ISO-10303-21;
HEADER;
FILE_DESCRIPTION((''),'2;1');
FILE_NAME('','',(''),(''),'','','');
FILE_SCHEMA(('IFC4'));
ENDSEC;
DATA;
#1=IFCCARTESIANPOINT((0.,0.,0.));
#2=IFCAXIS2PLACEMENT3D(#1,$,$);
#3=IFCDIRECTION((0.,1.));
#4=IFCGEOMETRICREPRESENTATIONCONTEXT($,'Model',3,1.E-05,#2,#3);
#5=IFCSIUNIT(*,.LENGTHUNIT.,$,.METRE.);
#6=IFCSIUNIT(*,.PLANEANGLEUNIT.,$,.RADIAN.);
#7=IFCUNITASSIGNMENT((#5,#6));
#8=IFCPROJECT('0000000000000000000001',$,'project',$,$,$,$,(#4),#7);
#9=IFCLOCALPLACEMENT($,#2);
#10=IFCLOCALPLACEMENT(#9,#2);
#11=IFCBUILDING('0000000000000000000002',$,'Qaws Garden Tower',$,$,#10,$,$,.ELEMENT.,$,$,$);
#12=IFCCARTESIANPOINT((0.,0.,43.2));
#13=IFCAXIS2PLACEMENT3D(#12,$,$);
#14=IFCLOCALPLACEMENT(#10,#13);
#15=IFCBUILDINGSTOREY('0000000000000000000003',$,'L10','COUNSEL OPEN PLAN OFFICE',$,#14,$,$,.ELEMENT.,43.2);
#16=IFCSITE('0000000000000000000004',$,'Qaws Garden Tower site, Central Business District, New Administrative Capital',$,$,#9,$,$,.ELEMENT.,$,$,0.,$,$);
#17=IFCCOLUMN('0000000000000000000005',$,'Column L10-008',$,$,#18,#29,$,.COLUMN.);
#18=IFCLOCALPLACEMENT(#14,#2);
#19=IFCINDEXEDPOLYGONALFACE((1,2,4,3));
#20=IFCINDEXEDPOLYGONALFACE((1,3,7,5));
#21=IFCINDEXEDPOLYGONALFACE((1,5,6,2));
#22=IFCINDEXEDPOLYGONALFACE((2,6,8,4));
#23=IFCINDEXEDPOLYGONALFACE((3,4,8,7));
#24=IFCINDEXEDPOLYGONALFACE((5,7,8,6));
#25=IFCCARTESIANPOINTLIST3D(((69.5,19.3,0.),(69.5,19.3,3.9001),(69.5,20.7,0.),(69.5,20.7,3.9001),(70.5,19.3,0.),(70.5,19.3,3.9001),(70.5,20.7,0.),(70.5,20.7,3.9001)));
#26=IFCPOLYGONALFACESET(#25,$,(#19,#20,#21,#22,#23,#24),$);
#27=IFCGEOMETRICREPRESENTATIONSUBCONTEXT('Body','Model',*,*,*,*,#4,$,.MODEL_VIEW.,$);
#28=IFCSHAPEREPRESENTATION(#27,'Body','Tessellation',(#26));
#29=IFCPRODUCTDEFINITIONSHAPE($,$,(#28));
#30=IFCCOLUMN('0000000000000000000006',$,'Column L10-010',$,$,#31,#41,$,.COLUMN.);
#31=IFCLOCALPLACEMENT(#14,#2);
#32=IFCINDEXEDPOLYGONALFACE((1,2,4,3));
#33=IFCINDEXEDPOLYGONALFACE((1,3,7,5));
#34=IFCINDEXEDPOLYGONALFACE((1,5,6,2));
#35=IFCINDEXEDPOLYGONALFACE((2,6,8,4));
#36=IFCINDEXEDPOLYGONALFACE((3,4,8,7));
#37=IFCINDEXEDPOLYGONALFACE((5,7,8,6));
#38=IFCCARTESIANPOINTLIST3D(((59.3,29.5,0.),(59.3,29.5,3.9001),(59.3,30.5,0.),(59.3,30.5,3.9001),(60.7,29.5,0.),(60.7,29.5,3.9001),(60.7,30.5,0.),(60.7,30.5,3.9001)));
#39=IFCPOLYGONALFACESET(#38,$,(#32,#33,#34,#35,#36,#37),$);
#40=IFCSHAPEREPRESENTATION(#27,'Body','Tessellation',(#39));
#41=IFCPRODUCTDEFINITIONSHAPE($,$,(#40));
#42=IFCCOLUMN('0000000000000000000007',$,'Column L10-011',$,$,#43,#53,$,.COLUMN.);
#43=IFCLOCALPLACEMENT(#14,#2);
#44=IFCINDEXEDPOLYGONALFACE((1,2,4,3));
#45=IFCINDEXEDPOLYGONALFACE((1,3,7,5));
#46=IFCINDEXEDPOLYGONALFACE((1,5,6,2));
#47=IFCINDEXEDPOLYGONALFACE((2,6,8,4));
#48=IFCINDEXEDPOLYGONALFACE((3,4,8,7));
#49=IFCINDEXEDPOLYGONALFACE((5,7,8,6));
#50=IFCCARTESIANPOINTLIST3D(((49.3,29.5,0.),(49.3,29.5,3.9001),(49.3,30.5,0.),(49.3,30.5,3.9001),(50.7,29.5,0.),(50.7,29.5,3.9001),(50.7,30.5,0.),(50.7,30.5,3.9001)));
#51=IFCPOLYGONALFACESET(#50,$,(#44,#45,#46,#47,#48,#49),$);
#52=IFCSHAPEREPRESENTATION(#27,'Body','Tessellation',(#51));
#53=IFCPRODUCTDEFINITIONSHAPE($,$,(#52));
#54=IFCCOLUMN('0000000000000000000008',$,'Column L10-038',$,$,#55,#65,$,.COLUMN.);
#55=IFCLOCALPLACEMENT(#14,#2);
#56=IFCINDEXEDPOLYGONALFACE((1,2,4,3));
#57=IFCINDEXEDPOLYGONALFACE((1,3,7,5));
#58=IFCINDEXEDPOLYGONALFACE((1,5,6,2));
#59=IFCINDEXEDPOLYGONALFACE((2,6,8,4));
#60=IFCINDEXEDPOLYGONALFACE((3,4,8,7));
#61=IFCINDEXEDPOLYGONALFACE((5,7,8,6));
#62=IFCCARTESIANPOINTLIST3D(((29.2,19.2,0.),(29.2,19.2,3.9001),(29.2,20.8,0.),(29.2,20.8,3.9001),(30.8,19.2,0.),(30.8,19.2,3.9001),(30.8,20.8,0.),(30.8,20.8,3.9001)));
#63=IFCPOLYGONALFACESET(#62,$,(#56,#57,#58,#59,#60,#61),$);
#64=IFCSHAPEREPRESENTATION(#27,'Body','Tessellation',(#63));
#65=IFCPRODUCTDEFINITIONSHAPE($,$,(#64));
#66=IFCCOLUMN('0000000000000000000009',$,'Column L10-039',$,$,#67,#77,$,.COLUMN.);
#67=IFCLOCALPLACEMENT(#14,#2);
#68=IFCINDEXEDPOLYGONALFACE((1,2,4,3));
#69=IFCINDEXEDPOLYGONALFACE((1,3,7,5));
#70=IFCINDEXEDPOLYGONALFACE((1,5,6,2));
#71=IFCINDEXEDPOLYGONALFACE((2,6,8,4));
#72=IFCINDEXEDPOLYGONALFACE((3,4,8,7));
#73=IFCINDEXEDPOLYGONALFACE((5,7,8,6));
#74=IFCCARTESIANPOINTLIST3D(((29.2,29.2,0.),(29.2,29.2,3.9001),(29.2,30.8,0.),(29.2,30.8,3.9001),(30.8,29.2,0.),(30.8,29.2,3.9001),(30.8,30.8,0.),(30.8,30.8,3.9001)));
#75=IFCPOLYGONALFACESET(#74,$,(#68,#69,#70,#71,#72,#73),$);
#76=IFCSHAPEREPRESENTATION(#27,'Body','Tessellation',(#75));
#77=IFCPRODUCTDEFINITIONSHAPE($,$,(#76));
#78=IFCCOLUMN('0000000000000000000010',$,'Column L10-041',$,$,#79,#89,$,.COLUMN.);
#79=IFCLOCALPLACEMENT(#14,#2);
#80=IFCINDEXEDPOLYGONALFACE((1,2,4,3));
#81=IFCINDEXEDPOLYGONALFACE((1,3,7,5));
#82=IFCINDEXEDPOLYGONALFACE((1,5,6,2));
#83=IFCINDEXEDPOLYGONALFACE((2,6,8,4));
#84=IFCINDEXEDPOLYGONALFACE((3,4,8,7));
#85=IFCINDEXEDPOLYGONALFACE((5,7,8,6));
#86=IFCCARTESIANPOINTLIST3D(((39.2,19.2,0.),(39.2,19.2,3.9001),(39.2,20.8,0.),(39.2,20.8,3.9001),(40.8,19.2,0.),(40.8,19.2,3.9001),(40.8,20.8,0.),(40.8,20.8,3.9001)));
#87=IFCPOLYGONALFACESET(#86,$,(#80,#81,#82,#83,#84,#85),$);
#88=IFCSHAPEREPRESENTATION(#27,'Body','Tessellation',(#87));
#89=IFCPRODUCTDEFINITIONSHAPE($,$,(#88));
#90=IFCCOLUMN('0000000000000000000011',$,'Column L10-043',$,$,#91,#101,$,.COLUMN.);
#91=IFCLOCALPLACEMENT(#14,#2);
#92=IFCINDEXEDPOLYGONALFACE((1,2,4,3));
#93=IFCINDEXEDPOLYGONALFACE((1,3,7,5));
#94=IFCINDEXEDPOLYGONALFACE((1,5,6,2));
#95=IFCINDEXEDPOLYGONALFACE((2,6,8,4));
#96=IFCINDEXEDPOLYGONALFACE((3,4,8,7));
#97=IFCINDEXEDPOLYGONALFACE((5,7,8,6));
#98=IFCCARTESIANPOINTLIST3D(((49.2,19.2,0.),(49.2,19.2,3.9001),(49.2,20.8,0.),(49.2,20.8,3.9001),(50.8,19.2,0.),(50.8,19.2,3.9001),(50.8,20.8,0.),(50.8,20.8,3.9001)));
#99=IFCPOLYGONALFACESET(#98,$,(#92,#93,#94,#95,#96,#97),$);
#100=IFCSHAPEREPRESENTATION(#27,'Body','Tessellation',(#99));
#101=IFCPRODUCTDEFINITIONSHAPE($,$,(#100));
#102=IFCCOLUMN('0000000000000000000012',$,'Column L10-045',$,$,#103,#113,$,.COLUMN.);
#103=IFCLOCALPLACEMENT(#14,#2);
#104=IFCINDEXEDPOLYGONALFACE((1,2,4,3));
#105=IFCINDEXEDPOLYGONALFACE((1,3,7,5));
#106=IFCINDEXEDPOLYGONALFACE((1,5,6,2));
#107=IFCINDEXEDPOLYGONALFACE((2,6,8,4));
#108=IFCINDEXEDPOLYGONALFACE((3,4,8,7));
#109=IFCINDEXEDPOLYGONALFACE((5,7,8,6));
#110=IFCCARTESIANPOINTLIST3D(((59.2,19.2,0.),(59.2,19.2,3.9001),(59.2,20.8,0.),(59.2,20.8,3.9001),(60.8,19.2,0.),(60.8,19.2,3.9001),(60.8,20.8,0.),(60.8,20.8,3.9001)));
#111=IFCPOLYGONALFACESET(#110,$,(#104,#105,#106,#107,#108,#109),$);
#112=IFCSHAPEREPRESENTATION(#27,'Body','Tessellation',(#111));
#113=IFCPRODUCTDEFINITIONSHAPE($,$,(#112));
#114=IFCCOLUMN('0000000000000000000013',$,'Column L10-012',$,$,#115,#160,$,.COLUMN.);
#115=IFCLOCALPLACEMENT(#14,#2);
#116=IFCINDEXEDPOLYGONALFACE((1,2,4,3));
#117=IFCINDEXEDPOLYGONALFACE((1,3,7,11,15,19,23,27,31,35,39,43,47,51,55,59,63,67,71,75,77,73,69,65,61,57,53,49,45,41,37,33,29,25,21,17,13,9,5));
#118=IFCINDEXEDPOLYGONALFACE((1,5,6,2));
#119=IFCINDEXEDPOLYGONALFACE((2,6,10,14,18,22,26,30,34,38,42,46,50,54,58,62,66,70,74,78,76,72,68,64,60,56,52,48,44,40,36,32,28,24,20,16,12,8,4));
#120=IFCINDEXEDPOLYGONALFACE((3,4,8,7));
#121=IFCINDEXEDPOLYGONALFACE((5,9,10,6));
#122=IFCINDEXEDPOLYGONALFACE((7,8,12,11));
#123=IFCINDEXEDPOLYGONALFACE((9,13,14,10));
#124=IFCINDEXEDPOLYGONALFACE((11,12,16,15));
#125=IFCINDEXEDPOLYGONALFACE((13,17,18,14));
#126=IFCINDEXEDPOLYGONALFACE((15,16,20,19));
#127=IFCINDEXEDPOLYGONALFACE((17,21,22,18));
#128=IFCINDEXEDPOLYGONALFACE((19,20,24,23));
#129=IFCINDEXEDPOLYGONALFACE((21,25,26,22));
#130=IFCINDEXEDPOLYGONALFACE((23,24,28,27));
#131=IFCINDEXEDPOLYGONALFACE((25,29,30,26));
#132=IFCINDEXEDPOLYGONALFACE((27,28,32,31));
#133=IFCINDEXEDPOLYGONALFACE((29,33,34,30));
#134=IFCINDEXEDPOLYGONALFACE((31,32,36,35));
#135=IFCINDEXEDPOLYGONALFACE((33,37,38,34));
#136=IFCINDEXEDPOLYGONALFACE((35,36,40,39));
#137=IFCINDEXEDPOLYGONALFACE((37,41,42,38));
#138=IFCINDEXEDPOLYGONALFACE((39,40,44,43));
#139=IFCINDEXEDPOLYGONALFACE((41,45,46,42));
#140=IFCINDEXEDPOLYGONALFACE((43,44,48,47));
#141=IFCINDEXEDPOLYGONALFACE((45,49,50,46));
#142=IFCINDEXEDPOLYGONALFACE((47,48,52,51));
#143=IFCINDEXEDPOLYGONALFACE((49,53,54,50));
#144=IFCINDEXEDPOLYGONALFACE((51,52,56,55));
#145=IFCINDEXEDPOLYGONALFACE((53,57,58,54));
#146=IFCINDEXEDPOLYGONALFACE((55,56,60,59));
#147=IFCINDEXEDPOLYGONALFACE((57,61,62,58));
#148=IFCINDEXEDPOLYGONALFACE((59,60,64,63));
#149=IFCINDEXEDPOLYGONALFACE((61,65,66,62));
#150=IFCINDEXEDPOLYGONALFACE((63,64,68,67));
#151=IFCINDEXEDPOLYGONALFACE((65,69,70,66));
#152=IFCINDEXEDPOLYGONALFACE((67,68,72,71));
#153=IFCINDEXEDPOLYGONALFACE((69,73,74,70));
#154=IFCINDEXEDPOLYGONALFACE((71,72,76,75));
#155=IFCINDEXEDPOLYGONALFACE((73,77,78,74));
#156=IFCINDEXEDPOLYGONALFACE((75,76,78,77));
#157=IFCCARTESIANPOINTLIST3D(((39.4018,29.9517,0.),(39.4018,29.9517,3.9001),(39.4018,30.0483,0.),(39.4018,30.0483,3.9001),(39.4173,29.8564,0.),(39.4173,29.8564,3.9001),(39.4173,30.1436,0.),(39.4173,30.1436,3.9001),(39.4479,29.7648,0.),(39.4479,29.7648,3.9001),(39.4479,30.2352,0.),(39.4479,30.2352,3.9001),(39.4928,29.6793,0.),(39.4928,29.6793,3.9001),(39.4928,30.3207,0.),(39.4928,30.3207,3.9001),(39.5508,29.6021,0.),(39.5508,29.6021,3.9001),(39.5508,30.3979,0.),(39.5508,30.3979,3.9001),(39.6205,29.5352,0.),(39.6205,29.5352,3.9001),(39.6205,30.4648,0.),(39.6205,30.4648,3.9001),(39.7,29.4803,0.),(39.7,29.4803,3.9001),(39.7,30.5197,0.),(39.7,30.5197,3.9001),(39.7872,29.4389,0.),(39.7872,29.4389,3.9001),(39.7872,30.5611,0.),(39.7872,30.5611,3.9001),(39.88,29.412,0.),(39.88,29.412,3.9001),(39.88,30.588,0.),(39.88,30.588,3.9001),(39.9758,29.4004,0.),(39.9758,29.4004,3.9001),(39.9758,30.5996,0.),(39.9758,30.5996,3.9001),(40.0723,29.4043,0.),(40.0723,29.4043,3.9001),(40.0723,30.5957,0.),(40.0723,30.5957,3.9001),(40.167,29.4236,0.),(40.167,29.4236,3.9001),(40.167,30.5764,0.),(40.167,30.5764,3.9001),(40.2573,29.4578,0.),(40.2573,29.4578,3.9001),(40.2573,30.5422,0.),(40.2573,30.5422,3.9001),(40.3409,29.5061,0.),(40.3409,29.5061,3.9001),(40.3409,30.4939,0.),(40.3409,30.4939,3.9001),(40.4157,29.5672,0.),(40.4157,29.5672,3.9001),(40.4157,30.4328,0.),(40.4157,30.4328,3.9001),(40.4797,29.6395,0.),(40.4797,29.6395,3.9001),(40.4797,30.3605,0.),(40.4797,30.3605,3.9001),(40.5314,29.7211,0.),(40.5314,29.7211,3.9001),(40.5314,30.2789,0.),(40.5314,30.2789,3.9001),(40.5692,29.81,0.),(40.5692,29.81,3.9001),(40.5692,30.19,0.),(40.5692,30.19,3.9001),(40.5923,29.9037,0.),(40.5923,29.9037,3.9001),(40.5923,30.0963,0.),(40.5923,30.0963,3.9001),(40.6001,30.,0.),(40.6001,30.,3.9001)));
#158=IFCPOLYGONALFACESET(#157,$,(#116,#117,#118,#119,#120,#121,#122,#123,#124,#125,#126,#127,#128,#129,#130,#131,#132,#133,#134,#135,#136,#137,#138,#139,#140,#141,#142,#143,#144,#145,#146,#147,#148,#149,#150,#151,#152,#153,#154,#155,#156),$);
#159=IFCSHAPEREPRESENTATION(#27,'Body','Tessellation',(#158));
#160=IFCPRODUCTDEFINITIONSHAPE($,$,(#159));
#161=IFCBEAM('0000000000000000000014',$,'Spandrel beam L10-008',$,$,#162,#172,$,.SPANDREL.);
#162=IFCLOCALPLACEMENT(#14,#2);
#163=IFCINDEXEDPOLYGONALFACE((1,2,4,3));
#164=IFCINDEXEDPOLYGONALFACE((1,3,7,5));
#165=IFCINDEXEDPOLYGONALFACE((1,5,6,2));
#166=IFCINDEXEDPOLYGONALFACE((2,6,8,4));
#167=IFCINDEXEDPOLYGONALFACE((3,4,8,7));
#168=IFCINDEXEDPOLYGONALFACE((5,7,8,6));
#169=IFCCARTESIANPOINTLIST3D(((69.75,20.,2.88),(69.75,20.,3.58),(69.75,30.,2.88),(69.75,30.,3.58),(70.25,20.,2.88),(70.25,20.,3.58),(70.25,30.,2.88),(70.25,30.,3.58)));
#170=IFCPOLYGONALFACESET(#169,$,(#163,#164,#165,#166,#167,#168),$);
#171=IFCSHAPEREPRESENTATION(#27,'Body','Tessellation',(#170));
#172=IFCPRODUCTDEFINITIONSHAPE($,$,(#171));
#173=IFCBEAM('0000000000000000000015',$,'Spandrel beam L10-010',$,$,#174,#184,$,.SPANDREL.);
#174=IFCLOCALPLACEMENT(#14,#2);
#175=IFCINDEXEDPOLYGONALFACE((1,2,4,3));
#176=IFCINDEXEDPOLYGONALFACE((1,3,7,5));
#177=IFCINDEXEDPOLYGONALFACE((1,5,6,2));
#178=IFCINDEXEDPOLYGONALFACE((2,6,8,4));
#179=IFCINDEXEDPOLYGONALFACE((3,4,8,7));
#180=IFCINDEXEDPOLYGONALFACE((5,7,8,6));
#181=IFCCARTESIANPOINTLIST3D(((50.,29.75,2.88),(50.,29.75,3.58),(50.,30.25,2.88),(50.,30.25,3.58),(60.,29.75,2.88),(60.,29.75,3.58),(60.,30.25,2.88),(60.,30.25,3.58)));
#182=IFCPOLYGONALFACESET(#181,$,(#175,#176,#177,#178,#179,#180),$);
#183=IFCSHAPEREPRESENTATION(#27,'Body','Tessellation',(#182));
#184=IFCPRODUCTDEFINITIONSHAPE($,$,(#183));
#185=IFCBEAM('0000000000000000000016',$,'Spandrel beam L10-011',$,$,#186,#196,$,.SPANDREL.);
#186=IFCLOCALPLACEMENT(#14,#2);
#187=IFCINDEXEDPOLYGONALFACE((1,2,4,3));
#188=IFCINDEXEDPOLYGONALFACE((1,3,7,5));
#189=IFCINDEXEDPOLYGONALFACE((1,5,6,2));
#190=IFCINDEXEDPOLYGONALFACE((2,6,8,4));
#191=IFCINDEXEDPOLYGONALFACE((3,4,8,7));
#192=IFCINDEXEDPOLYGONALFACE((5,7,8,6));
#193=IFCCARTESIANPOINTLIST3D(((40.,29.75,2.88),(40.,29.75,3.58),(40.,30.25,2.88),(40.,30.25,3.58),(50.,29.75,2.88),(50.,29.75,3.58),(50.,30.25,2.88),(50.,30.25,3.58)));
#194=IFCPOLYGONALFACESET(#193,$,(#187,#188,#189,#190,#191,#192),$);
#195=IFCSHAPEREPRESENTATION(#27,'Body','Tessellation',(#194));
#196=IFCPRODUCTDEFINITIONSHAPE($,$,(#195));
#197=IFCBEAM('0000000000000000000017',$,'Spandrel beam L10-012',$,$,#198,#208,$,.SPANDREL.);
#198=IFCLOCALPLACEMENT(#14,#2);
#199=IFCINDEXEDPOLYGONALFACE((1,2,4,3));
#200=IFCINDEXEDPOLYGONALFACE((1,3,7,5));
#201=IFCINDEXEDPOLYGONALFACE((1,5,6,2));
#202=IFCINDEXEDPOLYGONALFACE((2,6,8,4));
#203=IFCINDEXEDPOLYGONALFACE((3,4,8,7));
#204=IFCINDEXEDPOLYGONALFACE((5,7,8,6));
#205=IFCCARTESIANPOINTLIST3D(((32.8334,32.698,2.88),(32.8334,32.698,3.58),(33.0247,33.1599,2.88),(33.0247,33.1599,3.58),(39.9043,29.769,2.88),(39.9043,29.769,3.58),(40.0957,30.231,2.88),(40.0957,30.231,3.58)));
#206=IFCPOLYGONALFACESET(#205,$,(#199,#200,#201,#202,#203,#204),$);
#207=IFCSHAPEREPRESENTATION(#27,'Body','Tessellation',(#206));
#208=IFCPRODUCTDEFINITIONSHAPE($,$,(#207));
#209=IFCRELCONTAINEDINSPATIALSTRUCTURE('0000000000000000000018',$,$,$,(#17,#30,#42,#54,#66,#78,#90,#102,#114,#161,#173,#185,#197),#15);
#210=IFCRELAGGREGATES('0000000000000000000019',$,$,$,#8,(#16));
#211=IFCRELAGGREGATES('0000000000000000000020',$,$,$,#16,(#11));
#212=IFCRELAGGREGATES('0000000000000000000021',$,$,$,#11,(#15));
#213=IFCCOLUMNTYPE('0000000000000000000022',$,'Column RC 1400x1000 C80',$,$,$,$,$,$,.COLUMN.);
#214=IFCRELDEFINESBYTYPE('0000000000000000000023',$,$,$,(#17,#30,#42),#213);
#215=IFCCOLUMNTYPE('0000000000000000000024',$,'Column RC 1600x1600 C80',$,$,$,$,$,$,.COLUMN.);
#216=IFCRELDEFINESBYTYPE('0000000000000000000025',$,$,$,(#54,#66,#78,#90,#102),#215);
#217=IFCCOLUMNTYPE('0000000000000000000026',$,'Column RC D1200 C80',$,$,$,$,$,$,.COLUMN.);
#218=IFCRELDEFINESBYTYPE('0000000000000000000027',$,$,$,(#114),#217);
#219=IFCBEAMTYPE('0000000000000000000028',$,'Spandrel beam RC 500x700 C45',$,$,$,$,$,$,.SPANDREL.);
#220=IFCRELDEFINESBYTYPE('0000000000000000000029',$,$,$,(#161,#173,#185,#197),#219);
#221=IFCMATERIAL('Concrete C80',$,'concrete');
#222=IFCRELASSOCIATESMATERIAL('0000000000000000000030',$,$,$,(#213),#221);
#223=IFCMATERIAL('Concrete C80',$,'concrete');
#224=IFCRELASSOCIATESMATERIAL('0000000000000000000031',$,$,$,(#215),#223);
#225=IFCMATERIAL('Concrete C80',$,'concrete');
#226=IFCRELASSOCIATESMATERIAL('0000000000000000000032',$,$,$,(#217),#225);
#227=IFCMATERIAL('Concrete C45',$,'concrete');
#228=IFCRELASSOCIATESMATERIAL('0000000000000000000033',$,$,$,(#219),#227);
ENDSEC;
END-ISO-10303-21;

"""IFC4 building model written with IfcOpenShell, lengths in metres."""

from ifc_helpers import new_model, si_unit, direction, frame, origin, origin_2d, place, context, subcontext, project, spatial, rectangle, circle, extrude, material, material_profile, profile_set, type_object, element, save


model = new_model("IFC4")

# Units and contexts
model_context = context("Model", 3, precision=1e-05, world=origin(), true_north=direction((0.0, 1.0)))
body_context = subcontext(model_context, "Body", "Model", "MODEL_VIEW")
ifc_project = project(units=[si_unit("LENGTHUNIT", "METRE"), si_unit("PLANEANGLEUNIT", "RADIAN")], contexts=[model_context])

# Site, building, storey
site_placement = place(None, origin())
site = spatial("IfcSite", under=ifc_project, at=site_placement, Name="Qaws Garden Tower site, Central Business District, New Administrative Capital", CompositionType="ELEMENT", RefElevation=0.0)
building_placement = place(site_placement, origin())
building = spatial("IfcBuilding", under=site, at=building_placement, Name="Qaws Garden Tower", CompositionType="ELEMENT")
storey_placement = place(building_placement, frame((0.0, 0.0, 43.2)))
storey = spatial("IfcBuildingStorey", under=building, at=storey_placement, Name="L10", Description="COUNSEL OPEN PLAN OFFICE", CompositionType="ELEMENT", Elevation=43.2)

# Columns
ifc_material_1 = material(Name="Concrete C80", Category="concrete")
ifc_material_profile_1 = material_profile(ifc_material_1, rectangle(XDim=1.3999, YDim=1.0, at=origin_2d()), Name="RC 1400x1000")
ifc_profile_set_1 = profile_set([ifc_material_profile_1], Name="Concrete C80")
column_type_1 = type_object("IfcColumnType", Name="Column RC 1400x1000 C80", PredefinedType="COLUMN", material=ifc_profile_set_1)
for number, where, z_axis, x_axis, name in (
    (1, (70.0, 20.0, 0.0), (0.0, 0.0, 1.0), (0.0, 1.0, 0.0), "Column L10-008"),
    (2, (60.0, 30.0, 0.0), (0.0, 0.0, 1.0), (1.0, 0.0, 0.0), "Column L10-010"),
    (3, (50.0, 30.0, 0.0), (0.0, 0.0, 1.0), (1.0, 0.0, 0.0), "Column L10-011"),
):
    element("IfcColumn", number, at=place(storey_placement, frame(where, z_axis=z_axis, x_axis=x_axis)), inside=storey, type_object=column_type_1, Name=name, PredefinedType="COLUMN", context=body_context, shape_type="SweptSolid", body=[
        extrude(rectangle(XDim=1.3999, YDim=1.0, at=origin_2d()), origin(), (0.0, 0.0, 1.0), 3.9001),
    ])
ifc_material_2 = material(Name="Concrete C80", Category="concrete")
ifc_material_profile_2 = material_profile(ifc_material_2, rectangle(XDim=1.6001, YDim=1.6001, at=origin_2d()), Name="RC 1600x1600")
ifc_profile_set_2 = profile_set([ifc_material_profile_2], Name="Concrete C80")
column_type_2 = type_object("IfcColumnType", Name="Column RC 1600x1600 C80", PredefinedType="COLUMN", material=ifc_profile_set_2)
for number, where, z_axis, x_axis, name in (
    (4, (30.0, 20.0, 0.0), (0.0, 0.0, 1.0), (1.0, 0.0, 0.0), "Column L10-038"),
    (5, (30.0, 30.0, 0.0), (0.0, 0.0, 1.0), (1.0, 0.0, 0.0), "Column L10-039"),
    (6, (40.0, 20.0, 0.0), (0.0, 0.0, 1.0), (1.0, 0.0, 0.0), "Column L10-041"),
    (7, (50.0, 20.0, 0.0), (0.0, 0.0, 1.0), (1.0, 0.0, 0.0), "Column L10-043"),
    (8, (60.0, 20.0, 0.0), (0.0, 0.0, 1.0), (1.0, 0.0, 0.0), "Column L10-045"),
):
    element("IfcColumn", number, at=place(storey_placement, frame(where, z_axis=z_axis, x_axis=x_axis)), inside=storey, type_object=column_type_2, Name=name, PredefinedType="COLUMN", context=body_context, shape_type="SweptSolid", body=[
        extrude(rectangle(XDim=1.6001, YDim=1.6001, at=origin_2d()), origin(), (0.0, 0.0, 1.0), 3.9001),
    ])
ifc_material_3 = material(Name="Concrete C80", Category="concrete")
ifc_material_profile_3 = material_profile(ifc_material_3, circle(Radius=0.6001, at=origin_2d()), Name="RC D1200")
ifc_profile_set_3 = profile_set([ifc_material_profile_3], Name="Concrete C80")
column_type_3 = type_object("IfcColumnType", Name="Column RC D1200 C80", PredefinedType="COLUMN", material=ifc_profile_set_3)
column_placement = place(storey_placement, frame((40.0, 30.0, 0.0), z_axis=(0.0, 0.0, 1.0), x_axis=(1.0, 0.0, 0.0)))
element("IfcColumn", 9, at=column_placement, inside=storey, type_object=column_type_3, Name="Column L10-012", PredefinedType="COLUMN", context=body_context, shape_type="SweptSolid", body=[
    extrude(circle(Radius=0.6001, at=origin_2d()), origin(), (0.0, 0.0, 1.0), 3.9001),
])

# Beams
ifc_material_4 = material(Name="Concrete C45", Category="concrete")
ifc_material_profile_4 = material_profile(ifc_material_4, rectangle(XDim=0.5, YDim=0.7, at=origin_2d()), Name="RC 500x700")
ifc_profile_set_4 = profile_set([ifc_material_profile_4], Name="Concrete C45")
beam_type = type_object("IfcBeamType", Name="Spandrel beam RC 500x700 C45", PredefinedType="SPANDREL", material=ifc_profile_set_4)
for number, where, z_axis, x_axis, name in (
    (10, (70.0, 20.0, 3.23), (0.0, 1.0, 0.0), (-1.0, 0.0, 0.0), "Spandrel beam L10-008"),
    (11, (60.0, 30.0, 3.23), (-1.0, 0.0, 0.0), (0.0, -1.0, 0.0), "Spandrel beam L10-010"),
    (12, (50.0, 30.0, 3.23), (-1.0, 0.0, 0.0), (0.0, -1.0, 0.0), "Spandrel beam L10-011"),
):
    element("IfcBeam", number, at=place(storey_placement, frame(where, z_axis=z_axis, x_axis=x_axis)), inside=storey, type_object=beam_type, Name=name, PredefinedType="SPANDREL", context=body_context, shape_type="SweptSolid", body=[
        extrude(rectangle(XDim=0.5, YDim=0.7, at=origin_2d()), origin(), (0.0, 0.0, 1.0), 10.0),
    ])
beam_placement = place(storey_placement, frame((40.0, 30.0, 3.23), z_axis=(-0.923878, 0.382687, 0.0), x_axis=(-0.382687, -0.923878, 0.0)))
element("IfcBeam", 13, at=beam_placement, inside=storey, type_object=beam_type, Name="Spandrel beam L10-012", PredefinedType="SPANDREL", context=body_context, shape_type="SweptSolid", body=[
    extrude(rectangle(XDim=0.5, YDim=0.7, at=origin_2d()), origin(), (0.0, 0.0, 1.0), 7.6536),
])

save(model, "model.ifc")
